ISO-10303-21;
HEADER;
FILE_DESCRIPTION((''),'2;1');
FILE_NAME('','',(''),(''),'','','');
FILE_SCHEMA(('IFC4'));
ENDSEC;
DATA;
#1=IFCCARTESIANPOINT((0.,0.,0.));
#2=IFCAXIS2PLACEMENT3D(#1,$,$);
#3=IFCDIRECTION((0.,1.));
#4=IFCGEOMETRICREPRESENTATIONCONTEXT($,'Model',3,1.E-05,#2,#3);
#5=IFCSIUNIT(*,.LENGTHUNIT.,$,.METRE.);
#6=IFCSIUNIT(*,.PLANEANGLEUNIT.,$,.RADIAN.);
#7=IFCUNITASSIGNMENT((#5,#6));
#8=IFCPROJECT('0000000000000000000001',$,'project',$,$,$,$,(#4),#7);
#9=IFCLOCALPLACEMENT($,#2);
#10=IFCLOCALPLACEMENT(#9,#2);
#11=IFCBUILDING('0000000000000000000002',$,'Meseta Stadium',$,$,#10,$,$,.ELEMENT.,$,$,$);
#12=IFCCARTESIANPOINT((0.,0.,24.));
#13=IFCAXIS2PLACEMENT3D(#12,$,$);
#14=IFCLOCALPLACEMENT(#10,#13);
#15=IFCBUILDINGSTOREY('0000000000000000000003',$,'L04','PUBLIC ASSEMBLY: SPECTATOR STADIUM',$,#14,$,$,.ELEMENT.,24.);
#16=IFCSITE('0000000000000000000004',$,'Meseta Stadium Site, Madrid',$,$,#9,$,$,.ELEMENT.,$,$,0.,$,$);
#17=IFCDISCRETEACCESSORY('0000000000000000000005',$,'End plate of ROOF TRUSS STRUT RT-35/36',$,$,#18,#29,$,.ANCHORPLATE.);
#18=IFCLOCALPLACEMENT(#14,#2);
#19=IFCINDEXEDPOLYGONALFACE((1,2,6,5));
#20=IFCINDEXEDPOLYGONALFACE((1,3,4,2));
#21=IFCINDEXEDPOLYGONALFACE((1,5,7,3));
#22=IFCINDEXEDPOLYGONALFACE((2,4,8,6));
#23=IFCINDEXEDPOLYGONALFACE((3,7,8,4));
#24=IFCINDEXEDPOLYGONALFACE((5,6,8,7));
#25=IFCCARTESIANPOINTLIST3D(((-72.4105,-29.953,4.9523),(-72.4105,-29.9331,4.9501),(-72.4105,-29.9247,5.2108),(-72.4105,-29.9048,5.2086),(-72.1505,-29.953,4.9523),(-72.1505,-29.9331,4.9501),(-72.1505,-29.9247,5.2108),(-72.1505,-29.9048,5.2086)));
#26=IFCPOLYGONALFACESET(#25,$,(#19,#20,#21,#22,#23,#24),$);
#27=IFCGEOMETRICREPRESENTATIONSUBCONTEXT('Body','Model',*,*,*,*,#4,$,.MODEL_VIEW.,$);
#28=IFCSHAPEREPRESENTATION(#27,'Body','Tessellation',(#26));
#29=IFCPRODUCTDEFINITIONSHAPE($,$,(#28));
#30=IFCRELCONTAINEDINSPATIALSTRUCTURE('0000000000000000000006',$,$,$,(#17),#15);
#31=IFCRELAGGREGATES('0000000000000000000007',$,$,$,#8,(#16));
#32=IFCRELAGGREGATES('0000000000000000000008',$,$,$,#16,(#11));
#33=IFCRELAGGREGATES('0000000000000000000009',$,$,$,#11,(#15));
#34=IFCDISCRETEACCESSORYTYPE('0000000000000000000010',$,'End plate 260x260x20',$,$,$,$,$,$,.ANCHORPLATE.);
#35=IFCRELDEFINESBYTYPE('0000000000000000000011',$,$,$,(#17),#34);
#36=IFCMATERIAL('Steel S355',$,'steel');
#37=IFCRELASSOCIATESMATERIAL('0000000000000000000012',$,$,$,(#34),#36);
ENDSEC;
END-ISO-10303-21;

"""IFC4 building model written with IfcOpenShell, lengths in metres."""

from ifc_helpers import new_model, si_unit, direction, frame, origin, origin_2d, place, context, subcontext, project, spatial, rectangle, extrude, material, material_profile, profile_set, type_object, element, save


model = new_model("IFC4")

# Units and contexts
model_context = context("Model", 3, precision=1e-05, world=origin(), true_north=direction((0.0, 1.0)))
body_context = subcontext(model_context, "Body", "Model", "MODEL_VIEW")
ifc_project = project(units=[si_unit("LENGTHUNIT", "METRE"), si_unit("PLANEANGLEUNIT", "RADIAN")], contexts=[model_context])

# Site, building, storey
site_placement = place(None, origin())
site = spatial("IfcSite", under=ifc_project, at=site_placement, Name="Meseta Stadium Site, Madrid", CompositionType="ELEMENT", RefElevation=0.0)
building_placement = place(site_placement, origin())
building = spatial("IfcBuilding", under=site, at=building_placement, Name="Meseta Stadium", CompositionType="ELEMENT")
storey_placement = place(building_placement, frame((0.0, 0.0, 24.0)))
storey = spatial("IfcBuildingStorey", under=building, at=storey_placement, Name="L04", Description="PUBLIC ASSEMBLY: SPECTATOR STADIUM", CompositionType="ELEMENT", Elevation=24.0)

# Discrete accessory
ifc_material_1 = material(Name="Steel S355", Category="steel")
ifc_material_profile_1 = material_profile(ifc_material_1, rectangle(XDim=0.26, YDim=0.26, at=origin_2d()), Name="PL 260x260")
ifc_profile_set_1 = profile_set([ifc_material_profile_1], Name="Steel S355")
discrete_accessory_type_1 = type_object("IfcDiscreteAccessoryType", Name="End plate 260x260x20", PredefinedType="ANCHORPLATE", material=ifc_profile_set_1)
for number, where, z_axis, x_axis, name in (
    (1, (-72.2805, -29.9189, 5.0793), (0.0, -0.994031, 0.109101), (1.0, 0.0, 0.0), "End plate of ROOF TRUSS STRUT RT-35/36"),
):
    element("IfcDiscreteAccessory", number, at=place(storey_placement, frame(where, z_axis=z_axis, x_axis=x_axis)), inside=storey, type_object=discrete_accessory_type_1, Name=name, PredefinedType="ANCHORPLATE", context=body_context, shape_type="SweptSolid", body=[
        extrude(rectangle(XDim=0.26, YDim=0.26, at=origin_2d()), origin(), (0.0, 0.0, 1.0), 0.02),
    ])

save(model, "model.ifc")
